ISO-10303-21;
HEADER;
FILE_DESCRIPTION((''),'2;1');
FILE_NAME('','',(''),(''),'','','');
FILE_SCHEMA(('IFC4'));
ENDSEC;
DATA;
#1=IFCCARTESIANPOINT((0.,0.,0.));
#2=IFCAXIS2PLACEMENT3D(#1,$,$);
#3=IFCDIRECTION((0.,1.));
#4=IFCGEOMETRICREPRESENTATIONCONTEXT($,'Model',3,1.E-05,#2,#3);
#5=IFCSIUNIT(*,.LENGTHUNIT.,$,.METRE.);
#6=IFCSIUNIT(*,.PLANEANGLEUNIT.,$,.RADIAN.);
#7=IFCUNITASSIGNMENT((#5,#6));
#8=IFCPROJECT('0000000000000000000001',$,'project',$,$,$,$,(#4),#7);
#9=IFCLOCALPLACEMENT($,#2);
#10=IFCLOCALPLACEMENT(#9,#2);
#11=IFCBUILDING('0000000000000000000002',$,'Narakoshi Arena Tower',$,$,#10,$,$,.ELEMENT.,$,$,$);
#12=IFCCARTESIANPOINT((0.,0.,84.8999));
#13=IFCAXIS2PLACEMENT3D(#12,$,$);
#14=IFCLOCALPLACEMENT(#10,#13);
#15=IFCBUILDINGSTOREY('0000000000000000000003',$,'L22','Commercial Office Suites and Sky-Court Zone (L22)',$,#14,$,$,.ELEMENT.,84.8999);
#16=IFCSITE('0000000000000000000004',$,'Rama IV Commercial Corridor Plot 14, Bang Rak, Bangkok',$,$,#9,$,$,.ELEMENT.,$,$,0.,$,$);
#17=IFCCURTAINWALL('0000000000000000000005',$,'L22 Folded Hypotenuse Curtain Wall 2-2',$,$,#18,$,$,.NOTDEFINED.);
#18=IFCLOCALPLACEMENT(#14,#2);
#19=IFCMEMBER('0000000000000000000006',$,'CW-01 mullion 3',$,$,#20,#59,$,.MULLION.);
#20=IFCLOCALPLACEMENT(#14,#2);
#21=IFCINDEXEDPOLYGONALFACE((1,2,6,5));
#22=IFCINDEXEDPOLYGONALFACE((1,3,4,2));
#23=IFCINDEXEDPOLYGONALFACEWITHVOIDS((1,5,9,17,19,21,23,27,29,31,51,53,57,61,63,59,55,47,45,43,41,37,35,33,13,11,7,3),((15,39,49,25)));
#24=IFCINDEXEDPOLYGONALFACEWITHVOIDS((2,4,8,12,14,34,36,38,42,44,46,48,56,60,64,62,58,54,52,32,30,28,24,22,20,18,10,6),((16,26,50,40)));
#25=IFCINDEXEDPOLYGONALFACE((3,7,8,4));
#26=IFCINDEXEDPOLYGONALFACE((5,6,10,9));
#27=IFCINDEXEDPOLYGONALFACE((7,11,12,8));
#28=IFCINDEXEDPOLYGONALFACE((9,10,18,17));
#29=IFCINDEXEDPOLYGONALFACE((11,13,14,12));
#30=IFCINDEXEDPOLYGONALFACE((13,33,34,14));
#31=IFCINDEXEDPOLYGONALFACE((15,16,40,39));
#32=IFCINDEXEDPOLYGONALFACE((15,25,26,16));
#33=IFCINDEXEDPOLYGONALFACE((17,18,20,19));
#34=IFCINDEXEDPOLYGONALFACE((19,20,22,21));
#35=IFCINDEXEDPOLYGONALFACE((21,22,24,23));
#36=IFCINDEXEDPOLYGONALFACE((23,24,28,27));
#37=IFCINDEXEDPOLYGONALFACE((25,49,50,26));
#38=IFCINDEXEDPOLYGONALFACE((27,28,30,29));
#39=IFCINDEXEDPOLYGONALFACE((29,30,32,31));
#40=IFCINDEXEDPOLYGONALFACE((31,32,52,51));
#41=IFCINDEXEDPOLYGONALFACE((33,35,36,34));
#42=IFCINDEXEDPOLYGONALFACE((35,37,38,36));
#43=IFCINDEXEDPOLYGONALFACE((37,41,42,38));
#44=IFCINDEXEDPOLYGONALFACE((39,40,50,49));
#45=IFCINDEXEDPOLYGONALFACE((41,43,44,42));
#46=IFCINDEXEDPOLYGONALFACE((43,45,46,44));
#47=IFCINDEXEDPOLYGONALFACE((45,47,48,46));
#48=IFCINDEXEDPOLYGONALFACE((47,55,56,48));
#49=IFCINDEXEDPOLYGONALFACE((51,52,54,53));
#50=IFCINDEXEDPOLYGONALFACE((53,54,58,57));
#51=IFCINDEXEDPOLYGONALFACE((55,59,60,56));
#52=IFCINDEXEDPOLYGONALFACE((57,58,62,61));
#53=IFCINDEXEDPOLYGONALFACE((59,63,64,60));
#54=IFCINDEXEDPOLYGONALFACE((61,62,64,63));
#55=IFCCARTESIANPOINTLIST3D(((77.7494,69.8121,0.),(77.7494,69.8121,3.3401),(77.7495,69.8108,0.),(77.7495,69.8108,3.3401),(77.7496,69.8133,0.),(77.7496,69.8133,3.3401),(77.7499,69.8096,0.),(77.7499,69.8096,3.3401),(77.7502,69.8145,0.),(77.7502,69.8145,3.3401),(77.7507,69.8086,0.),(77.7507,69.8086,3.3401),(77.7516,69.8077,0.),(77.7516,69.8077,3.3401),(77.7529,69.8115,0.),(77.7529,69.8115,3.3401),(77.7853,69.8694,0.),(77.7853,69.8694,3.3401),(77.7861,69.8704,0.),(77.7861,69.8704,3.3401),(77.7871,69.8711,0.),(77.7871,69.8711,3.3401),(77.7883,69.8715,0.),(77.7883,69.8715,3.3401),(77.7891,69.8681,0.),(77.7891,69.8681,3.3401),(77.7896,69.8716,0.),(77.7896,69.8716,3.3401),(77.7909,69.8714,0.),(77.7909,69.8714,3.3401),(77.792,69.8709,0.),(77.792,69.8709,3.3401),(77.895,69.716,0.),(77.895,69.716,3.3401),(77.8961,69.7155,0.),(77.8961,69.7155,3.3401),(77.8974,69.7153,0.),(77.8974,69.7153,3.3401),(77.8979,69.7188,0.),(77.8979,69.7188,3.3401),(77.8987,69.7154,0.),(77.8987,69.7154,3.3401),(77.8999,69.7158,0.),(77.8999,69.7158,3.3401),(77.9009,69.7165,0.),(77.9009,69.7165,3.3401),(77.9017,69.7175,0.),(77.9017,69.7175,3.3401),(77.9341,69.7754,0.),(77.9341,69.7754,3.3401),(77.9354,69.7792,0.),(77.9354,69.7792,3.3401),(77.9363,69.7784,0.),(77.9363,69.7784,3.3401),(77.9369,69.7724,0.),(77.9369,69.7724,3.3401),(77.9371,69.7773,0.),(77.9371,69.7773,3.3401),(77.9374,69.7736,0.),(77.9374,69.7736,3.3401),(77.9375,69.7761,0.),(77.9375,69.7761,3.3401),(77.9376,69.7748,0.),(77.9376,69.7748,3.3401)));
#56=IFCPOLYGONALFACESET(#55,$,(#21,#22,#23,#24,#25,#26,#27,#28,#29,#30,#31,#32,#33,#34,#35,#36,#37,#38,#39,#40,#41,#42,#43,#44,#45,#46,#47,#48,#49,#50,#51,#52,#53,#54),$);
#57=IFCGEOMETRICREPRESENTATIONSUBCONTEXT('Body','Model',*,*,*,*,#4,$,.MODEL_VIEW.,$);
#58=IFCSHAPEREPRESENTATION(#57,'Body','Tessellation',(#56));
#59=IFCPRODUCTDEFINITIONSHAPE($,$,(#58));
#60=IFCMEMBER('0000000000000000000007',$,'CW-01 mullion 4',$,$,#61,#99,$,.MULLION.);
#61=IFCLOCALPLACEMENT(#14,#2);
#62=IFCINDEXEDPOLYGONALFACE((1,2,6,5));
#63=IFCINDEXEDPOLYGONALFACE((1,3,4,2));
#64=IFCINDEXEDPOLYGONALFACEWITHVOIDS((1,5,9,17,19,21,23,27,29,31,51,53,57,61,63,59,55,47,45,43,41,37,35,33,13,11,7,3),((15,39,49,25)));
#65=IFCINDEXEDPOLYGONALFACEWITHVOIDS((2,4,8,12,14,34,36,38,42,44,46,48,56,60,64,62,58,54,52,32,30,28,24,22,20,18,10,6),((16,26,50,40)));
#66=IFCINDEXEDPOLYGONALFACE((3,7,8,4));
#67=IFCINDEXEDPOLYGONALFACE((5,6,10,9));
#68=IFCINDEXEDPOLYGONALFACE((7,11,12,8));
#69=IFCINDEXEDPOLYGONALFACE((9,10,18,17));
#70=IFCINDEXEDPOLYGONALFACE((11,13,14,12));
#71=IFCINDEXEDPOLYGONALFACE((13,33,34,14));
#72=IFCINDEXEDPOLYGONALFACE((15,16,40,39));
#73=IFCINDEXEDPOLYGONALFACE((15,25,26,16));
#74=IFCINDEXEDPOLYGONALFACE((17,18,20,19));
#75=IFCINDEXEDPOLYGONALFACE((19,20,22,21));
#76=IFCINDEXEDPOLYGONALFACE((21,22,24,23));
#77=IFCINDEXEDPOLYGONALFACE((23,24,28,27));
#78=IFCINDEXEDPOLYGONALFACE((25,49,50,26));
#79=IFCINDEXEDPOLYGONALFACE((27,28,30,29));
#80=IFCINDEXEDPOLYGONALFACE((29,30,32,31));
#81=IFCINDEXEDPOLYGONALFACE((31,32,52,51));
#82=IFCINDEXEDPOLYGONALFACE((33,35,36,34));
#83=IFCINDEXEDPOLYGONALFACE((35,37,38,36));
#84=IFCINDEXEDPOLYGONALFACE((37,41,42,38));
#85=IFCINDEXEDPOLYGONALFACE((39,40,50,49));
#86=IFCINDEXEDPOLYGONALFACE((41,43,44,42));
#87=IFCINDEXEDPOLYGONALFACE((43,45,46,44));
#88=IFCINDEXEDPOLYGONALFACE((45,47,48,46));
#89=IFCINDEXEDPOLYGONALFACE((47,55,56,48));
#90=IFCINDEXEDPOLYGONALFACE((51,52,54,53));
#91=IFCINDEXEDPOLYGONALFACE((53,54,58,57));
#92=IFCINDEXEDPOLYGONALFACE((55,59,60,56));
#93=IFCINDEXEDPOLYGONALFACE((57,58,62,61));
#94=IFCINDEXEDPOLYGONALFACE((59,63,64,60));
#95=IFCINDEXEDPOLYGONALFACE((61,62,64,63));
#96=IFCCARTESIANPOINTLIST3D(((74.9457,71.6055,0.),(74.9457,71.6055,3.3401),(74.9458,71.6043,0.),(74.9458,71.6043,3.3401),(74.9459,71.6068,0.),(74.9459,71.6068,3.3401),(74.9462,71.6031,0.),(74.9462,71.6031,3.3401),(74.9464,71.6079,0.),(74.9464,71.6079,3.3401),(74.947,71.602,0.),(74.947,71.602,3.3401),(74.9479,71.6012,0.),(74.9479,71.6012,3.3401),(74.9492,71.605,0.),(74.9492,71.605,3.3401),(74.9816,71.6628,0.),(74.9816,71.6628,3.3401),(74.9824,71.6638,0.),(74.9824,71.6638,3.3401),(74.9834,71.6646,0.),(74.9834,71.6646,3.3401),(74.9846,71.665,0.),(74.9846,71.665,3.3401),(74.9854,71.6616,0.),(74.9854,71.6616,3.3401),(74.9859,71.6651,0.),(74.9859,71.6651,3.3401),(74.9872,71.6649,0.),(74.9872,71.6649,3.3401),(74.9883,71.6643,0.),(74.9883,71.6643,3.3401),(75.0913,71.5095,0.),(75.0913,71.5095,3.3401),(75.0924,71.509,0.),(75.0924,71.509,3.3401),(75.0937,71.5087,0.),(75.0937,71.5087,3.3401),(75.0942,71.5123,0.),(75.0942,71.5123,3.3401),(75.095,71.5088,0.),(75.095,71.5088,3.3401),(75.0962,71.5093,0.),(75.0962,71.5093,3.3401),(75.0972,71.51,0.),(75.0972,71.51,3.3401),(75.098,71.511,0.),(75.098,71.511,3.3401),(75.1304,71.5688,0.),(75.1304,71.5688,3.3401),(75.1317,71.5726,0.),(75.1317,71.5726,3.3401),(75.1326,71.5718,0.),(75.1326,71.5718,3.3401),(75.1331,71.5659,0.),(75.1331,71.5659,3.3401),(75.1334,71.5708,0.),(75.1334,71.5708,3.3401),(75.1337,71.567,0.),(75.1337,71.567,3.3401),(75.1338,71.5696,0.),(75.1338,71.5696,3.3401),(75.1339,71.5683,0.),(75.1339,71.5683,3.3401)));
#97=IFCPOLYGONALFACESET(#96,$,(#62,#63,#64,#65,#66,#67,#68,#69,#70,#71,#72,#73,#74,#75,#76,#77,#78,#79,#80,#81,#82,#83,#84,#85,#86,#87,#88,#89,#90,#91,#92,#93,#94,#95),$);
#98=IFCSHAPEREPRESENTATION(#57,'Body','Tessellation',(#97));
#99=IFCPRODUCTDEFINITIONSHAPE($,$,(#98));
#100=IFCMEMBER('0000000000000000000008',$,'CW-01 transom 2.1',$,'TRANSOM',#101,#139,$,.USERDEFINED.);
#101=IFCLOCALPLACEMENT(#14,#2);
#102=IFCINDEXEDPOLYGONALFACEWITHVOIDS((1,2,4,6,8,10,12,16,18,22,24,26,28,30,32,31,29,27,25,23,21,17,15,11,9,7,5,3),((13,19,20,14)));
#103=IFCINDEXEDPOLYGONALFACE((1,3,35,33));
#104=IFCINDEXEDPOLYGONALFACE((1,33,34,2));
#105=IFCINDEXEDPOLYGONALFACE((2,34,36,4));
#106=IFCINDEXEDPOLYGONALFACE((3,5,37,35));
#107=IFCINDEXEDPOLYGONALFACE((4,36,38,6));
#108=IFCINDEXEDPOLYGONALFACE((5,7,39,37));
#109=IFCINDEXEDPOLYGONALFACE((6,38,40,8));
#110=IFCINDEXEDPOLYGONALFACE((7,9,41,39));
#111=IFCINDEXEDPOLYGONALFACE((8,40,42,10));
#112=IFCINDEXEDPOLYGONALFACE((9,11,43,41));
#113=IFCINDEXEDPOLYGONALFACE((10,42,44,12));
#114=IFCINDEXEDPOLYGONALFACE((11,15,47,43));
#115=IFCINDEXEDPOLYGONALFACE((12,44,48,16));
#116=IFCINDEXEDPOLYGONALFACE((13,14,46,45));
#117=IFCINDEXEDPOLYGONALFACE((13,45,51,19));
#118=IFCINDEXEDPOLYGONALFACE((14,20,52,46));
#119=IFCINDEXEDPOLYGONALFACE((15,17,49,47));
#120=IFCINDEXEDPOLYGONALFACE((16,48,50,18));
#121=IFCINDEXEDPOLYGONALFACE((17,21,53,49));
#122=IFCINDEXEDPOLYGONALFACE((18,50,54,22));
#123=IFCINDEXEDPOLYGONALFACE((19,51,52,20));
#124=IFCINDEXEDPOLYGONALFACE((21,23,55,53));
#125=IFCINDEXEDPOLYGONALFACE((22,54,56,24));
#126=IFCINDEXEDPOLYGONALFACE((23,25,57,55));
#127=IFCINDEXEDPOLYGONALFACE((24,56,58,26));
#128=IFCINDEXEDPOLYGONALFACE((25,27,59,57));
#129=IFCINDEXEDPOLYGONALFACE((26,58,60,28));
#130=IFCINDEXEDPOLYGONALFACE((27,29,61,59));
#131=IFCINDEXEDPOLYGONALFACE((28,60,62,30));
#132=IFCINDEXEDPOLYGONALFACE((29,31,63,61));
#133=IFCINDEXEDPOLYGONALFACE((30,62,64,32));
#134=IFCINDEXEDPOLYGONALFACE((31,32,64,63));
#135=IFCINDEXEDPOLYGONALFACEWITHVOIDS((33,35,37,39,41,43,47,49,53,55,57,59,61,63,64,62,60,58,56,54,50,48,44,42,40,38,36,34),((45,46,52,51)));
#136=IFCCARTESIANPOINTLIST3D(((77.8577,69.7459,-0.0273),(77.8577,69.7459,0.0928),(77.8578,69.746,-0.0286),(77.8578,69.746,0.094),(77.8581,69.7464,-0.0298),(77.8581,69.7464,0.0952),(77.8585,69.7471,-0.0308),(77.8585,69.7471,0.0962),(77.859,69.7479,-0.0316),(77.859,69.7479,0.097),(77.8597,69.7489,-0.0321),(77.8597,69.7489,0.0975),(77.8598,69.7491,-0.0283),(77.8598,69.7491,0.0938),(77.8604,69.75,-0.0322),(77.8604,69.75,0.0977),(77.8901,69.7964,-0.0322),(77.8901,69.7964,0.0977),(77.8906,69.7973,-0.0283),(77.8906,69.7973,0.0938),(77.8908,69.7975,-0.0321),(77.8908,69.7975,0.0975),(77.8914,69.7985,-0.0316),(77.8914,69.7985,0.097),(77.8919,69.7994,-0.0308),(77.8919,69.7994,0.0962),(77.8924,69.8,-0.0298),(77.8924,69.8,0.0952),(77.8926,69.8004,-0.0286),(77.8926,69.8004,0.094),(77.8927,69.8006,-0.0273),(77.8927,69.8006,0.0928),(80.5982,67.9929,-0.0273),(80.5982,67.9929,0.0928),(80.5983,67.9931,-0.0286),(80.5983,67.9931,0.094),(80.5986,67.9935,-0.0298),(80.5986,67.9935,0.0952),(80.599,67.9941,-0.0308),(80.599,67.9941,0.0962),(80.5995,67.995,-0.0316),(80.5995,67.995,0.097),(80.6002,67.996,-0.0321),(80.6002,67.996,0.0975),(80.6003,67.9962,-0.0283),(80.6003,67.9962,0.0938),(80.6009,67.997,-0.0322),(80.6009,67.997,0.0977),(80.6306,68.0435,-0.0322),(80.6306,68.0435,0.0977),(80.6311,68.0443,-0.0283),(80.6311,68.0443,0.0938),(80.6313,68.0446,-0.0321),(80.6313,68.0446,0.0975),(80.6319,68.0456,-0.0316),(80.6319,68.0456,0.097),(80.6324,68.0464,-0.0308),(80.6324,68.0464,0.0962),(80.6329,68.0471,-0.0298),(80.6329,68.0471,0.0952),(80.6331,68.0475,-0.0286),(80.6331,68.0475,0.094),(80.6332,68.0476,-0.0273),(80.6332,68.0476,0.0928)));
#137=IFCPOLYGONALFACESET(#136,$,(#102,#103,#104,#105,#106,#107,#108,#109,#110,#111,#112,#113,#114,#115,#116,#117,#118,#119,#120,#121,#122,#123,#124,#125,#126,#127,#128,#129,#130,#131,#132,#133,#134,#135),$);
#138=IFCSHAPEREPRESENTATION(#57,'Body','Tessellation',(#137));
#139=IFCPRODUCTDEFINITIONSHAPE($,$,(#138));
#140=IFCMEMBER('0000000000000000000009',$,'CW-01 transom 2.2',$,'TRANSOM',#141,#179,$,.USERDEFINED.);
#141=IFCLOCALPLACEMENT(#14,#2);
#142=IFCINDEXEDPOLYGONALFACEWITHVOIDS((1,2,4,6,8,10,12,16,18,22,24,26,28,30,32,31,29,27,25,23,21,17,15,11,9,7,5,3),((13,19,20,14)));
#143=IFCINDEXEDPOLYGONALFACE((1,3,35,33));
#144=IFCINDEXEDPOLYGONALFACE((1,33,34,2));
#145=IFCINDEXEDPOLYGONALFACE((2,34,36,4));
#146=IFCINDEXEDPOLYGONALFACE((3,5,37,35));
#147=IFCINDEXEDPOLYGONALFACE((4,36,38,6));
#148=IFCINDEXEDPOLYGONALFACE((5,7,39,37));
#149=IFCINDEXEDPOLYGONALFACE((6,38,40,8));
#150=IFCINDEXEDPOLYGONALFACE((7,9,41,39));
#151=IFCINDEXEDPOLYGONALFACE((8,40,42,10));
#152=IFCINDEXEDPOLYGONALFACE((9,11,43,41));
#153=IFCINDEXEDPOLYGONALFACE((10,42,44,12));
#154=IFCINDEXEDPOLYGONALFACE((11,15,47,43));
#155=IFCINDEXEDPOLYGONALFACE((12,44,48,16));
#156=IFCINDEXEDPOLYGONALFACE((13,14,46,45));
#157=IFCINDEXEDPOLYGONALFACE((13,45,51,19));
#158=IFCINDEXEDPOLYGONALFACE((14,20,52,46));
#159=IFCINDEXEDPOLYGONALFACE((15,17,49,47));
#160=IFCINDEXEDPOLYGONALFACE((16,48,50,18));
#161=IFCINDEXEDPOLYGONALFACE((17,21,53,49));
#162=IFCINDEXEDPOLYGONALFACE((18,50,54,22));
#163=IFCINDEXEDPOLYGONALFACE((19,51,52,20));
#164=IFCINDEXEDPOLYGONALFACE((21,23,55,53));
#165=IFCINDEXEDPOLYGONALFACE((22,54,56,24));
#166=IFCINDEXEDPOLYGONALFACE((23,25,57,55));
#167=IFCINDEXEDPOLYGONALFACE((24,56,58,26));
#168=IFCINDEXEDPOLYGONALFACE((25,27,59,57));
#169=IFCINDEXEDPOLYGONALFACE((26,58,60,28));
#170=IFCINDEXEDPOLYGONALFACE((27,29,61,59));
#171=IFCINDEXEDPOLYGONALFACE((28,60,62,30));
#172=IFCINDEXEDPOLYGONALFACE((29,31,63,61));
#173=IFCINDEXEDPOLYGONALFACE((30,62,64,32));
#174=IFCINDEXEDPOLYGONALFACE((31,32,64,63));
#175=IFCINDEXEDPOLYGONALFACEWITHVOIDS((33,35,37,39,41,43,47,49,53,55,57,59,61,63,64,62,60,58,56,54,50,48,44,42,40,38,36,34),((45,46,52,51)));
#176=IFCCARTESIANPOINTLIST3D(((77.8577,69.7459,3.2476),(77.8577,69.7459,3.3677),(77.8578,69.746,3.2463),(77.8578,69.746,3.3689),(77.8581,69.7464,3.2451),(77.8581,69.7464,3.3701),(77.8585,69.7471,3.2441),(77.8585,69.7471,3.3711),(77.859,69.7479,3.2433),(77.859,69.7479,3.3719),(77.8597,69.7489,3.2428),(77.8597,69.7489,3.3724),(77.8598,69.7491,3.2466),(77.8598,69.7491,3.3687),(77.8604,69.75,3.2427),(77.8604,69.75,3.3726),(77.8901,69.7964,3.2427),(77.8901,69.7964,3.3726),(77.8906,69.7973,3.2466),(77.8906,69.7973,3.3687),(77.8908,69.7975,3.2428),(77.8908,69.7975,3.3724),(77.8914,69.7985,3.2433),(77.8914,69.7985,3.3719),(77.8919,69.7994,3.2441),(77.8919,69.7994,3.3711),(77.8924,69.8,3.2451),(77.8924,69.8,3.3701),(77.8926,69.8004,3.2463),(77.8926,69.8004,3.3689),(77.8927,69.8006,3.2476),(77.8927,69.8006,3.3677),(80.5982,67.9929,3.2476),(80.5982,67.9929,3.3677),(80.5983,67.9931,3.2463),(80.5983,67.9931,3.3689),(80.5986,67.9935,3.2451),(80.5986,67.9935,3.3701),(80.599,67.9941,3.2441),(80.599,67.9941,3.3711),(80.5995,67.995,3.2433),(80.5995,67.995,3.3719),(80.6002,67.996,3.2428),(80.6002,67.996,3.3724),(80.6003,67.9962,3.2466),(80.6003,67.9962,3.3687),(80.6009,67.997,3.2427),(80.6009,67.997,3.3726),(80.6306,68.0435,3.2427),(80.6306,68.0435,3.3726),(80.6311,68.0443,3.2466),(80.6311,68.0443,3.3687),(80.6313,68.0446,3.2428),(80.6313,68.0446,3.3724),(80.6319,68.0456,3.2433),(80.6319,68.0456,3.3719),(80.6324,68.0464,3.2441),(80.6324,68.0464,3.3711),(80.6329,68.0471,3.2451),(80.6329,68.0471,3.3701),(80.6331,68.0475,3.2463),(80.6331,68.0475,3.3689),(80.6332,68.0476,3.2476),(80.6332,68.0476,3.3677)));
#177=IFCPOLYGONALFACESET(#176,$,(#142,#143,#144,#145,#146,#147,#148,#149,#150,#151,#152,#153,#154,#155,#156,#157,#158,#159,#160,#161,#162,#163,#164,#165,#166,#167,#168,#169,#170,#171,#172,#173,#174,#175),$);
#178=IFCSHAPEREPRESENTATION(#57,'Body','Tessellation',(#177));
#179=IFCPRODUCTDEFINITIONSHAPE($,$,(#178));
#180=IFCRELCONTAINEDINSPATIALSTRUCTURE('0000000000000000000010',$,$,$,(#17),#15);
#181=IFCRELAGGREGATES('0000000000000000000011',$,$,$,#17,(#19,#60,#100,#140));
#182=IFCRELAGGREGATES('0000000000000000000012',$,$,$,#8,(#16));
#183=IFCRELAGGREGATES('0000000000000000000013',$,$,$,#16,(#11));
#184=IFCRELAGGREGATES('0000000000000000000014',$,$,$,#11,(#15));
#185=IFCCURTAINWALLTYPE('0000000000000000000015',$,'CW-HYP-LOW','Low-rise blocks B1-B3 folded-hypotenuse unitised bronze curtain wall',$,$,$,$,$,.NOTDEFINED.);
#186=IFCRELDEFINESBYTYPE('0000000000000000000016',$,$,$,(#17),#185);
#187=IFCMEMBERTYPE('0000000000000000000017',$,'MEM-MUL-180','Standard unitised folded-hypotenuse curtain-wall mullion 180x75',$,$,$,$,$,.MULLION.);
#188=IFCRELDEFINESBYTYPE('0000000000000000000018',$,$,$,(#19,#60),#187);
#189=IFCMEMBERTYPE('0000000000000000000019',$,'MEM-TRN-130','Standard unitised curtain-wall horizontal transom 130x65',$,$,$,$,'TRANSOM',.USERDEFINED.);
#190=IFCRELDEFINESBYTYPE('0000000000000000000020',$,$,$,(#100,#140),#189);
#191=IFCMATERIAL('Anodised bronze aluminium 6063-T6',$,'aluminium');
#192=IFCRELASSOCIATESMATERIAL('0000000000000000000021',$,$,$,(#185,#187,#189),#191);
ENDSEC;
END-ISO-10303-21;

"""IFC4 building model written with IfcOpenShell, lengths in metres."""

from ifc_helpers import new_model, si_unit, direction, frame, origin, origin_2d, place, context, subcontext, project, spatial, hollow_rectangle, extrude, material, material_profile, profile_set, type_object, element, aggregate, save


model = new_model("IFC4")

# Units and contexts
model_context = context("Model", 3, precision=1e-05, world=origin(), true_north=direction((0.0, 1.0)))
body_context = subcontext(model_context, "Body", "Model", "MODEL_VIEW")
ifc_project = project(units=[si_unit("LENGTHUNIT", "METRE"), si_unit("PLANEANGLEUNIT", "RADIAN")], contexts=[model_context])

# Site, building, storey
site_placement = place(None, origin())
site = spatial("IfcSite", under=ifc_project, at=site_placement, Name="Rama IV Commercial Corridor Plot 14, Bang Rak, Bangkok", CompositionType="ELEMENT", RefElevation=0.0)
building_placement = place(site_placement, origin())
building = spatial("IfcBuilding", under=site, at=building_placement, Name="Narakoshi Arena Tower", CompositionType="ELEMENT")
storey_placement = place(building_placement, frame((0.0, 0.0, 84.8999)))
storey = spatial("IfcBuildingStorey", under=building, at=storey_placement, Name="L22", Description="Commercial Office Suites and Sky-Court Zone (L22)", CompositionType="ELEMENT", Elevation=84.8999)

# Curtain wall, members
ifc_material_1 = material(Name="Anodised bronze aluminium 6063-T6", Category="aluminium")
curtain_wall_type = type_object("IfcCurtainWallType", Name="CW-HYP-LOW", Description="Low-rise blocks B1-B3 folded-hypotenuse unitised bronze curtain wall", PredefinedType="NOTDEFINED", material=ifc_material_1)
curtain_wall_placement = place(storey_placement, origin())
curtain_wall = element("IfcCurtainWall", 1, at=curtain_wall_placement, inside=storey, type_object=curtain_wall_type, Name="L22 Folded Hypotenuse Curtain Wall 2-2", PredefinedType="NOTDEFINED")
ifc_material_profile_1 = material_profile(ifc_material_1, hollow_rectangle(XDim=0.075, YDim=0.1799, WallThickness=0.0039, OuterFilletRadius=0.0049, at=origin_2d()), Name="MUL180x75x4")
ifc_profile_set_1 = profile_set([ifc_material_profile_1], Name="Anodised bronze aluminium 6063-T6")
member_type_1 = type_object("IfcMemberType", Name="MEM-MUL-180", Description="Standard unitised folded-hypotenuse curtain-wall mullion 180x75", PredefinedType="MULLION", material=ifc_profile_set_1)
member_1_placement = place(storey_placement, frame((77.8435, 69.7935, 0.0), z_axis=(0.0, 0.0, 1.0), x_axis=(-0.538829, -0.842415, 0.0)))
member_1 = element("IfcMember", 2, at=member_1_placement, type_object=member_type_1, Name="CW-01 mullion 3", PredefinedType="MULLION", context=body_context, shape_type="SweptSolid", body=[
    extrude(hollow_rectangle(XDim=0.075, YDim=0.1799, WallThickness=0.0039, OuterFilletRadius=0.0049, at=origin_2d()), origin(), (0.0, 0.0, 1.0), 3.3401),
])
member_2_placement = place(storey_placement, frame((75.0398, 71.5869, 0.0), z_axis=(0.0, 0.0, 1.0), x_axis=(-0.538829, -0.842415, 0.0)))
member_2 = element("IfcMember", 3, at=member_2_placement, type_object=member_type_1, Name="CW-01 mullion 4", PredefinedType="MULLION", context=body_context, shape_type="SweptSolid", body=[
    extrude(hollow_rectangle(XDim=0.075, YDim=0.1799, WallThickness=0.0039, OuterFilletRadius=0.0049, at=origin_2d()), origin(), (0.0, 0.0, 1.0), 3.3401),
])
ifc_material_profile_2 = material_profile(ifc_material_1, hollow_rectangle(XDim=0.0649, YDim=0.1299, WallThickness=0.0039, OuterFilletRadius=0.0049, at=origin_2d()), Name="TRN130x65x4")
ifc_profile_set_2 = profile_set([ifc_material_profile_2], Name="Anodised bronze aluminium 6063-T6")
member_type_2 = type_object("IfcMemberType", Name="MEM-TRN-130", Description="Standard unitised curtain-wall horizontal transom 130x65", ElementType="TRANSOM", PredefinedType="USERDEFINED", material=ifc_profile_set_2)
member_3_placement = place(storey_placement, frame((80.6157, 68.0203, 0.0327), z_axis=(-0.842408, 0.538841, 0.0), x_axis=(-0.538841, -0.842408, 0.0)))
member_3 = element("IfcMember", 4, at=member_3_placement, type_object=member_type_2, Name="CW-01 transom 2.1", ObjectType="TRANSOM", PredefinedType="USERDEFINED", context=body_context, shape_type="SweptSolid", body=[
    extrude(hollow_rectangle(XDim=0.0649, YDim=0.1299, WallThickness=0.0039, OuterFilletRadius=0.0049, at=origin_2d()), origin(), (0.0, 0.0, 1.0), 3.2532),
])
member_4_placement = place(storey_placement, frame((80.6157, 68.0203, 3.3076), z_axis=(-0.842408, 0.538841, 0.0), x_axis=(-0.538841, -0.842408, 0.0)))
member_4 = element("IfcMember", 5, at=member_4_placement, type_object=member_type_2, Name="CW-01 transom 2.2", ObjectType="TRANSOM", PredefinedType="USERDEFINED", context=body_context, shape_type="SweptSolid", body=[
    extrude(hollow_rectangle(XDim=0.0649, YDim=0.1299, WallThickness=0.0039, OuterFilletRadius=0.0049, at=origin_2d()), origin(), (0.0, 0.0, 1.0), 3.2532),
])
aggregate(curtain_wall, [member_1, member_2, member_3, member_4])

save(model, "model.ifc")
